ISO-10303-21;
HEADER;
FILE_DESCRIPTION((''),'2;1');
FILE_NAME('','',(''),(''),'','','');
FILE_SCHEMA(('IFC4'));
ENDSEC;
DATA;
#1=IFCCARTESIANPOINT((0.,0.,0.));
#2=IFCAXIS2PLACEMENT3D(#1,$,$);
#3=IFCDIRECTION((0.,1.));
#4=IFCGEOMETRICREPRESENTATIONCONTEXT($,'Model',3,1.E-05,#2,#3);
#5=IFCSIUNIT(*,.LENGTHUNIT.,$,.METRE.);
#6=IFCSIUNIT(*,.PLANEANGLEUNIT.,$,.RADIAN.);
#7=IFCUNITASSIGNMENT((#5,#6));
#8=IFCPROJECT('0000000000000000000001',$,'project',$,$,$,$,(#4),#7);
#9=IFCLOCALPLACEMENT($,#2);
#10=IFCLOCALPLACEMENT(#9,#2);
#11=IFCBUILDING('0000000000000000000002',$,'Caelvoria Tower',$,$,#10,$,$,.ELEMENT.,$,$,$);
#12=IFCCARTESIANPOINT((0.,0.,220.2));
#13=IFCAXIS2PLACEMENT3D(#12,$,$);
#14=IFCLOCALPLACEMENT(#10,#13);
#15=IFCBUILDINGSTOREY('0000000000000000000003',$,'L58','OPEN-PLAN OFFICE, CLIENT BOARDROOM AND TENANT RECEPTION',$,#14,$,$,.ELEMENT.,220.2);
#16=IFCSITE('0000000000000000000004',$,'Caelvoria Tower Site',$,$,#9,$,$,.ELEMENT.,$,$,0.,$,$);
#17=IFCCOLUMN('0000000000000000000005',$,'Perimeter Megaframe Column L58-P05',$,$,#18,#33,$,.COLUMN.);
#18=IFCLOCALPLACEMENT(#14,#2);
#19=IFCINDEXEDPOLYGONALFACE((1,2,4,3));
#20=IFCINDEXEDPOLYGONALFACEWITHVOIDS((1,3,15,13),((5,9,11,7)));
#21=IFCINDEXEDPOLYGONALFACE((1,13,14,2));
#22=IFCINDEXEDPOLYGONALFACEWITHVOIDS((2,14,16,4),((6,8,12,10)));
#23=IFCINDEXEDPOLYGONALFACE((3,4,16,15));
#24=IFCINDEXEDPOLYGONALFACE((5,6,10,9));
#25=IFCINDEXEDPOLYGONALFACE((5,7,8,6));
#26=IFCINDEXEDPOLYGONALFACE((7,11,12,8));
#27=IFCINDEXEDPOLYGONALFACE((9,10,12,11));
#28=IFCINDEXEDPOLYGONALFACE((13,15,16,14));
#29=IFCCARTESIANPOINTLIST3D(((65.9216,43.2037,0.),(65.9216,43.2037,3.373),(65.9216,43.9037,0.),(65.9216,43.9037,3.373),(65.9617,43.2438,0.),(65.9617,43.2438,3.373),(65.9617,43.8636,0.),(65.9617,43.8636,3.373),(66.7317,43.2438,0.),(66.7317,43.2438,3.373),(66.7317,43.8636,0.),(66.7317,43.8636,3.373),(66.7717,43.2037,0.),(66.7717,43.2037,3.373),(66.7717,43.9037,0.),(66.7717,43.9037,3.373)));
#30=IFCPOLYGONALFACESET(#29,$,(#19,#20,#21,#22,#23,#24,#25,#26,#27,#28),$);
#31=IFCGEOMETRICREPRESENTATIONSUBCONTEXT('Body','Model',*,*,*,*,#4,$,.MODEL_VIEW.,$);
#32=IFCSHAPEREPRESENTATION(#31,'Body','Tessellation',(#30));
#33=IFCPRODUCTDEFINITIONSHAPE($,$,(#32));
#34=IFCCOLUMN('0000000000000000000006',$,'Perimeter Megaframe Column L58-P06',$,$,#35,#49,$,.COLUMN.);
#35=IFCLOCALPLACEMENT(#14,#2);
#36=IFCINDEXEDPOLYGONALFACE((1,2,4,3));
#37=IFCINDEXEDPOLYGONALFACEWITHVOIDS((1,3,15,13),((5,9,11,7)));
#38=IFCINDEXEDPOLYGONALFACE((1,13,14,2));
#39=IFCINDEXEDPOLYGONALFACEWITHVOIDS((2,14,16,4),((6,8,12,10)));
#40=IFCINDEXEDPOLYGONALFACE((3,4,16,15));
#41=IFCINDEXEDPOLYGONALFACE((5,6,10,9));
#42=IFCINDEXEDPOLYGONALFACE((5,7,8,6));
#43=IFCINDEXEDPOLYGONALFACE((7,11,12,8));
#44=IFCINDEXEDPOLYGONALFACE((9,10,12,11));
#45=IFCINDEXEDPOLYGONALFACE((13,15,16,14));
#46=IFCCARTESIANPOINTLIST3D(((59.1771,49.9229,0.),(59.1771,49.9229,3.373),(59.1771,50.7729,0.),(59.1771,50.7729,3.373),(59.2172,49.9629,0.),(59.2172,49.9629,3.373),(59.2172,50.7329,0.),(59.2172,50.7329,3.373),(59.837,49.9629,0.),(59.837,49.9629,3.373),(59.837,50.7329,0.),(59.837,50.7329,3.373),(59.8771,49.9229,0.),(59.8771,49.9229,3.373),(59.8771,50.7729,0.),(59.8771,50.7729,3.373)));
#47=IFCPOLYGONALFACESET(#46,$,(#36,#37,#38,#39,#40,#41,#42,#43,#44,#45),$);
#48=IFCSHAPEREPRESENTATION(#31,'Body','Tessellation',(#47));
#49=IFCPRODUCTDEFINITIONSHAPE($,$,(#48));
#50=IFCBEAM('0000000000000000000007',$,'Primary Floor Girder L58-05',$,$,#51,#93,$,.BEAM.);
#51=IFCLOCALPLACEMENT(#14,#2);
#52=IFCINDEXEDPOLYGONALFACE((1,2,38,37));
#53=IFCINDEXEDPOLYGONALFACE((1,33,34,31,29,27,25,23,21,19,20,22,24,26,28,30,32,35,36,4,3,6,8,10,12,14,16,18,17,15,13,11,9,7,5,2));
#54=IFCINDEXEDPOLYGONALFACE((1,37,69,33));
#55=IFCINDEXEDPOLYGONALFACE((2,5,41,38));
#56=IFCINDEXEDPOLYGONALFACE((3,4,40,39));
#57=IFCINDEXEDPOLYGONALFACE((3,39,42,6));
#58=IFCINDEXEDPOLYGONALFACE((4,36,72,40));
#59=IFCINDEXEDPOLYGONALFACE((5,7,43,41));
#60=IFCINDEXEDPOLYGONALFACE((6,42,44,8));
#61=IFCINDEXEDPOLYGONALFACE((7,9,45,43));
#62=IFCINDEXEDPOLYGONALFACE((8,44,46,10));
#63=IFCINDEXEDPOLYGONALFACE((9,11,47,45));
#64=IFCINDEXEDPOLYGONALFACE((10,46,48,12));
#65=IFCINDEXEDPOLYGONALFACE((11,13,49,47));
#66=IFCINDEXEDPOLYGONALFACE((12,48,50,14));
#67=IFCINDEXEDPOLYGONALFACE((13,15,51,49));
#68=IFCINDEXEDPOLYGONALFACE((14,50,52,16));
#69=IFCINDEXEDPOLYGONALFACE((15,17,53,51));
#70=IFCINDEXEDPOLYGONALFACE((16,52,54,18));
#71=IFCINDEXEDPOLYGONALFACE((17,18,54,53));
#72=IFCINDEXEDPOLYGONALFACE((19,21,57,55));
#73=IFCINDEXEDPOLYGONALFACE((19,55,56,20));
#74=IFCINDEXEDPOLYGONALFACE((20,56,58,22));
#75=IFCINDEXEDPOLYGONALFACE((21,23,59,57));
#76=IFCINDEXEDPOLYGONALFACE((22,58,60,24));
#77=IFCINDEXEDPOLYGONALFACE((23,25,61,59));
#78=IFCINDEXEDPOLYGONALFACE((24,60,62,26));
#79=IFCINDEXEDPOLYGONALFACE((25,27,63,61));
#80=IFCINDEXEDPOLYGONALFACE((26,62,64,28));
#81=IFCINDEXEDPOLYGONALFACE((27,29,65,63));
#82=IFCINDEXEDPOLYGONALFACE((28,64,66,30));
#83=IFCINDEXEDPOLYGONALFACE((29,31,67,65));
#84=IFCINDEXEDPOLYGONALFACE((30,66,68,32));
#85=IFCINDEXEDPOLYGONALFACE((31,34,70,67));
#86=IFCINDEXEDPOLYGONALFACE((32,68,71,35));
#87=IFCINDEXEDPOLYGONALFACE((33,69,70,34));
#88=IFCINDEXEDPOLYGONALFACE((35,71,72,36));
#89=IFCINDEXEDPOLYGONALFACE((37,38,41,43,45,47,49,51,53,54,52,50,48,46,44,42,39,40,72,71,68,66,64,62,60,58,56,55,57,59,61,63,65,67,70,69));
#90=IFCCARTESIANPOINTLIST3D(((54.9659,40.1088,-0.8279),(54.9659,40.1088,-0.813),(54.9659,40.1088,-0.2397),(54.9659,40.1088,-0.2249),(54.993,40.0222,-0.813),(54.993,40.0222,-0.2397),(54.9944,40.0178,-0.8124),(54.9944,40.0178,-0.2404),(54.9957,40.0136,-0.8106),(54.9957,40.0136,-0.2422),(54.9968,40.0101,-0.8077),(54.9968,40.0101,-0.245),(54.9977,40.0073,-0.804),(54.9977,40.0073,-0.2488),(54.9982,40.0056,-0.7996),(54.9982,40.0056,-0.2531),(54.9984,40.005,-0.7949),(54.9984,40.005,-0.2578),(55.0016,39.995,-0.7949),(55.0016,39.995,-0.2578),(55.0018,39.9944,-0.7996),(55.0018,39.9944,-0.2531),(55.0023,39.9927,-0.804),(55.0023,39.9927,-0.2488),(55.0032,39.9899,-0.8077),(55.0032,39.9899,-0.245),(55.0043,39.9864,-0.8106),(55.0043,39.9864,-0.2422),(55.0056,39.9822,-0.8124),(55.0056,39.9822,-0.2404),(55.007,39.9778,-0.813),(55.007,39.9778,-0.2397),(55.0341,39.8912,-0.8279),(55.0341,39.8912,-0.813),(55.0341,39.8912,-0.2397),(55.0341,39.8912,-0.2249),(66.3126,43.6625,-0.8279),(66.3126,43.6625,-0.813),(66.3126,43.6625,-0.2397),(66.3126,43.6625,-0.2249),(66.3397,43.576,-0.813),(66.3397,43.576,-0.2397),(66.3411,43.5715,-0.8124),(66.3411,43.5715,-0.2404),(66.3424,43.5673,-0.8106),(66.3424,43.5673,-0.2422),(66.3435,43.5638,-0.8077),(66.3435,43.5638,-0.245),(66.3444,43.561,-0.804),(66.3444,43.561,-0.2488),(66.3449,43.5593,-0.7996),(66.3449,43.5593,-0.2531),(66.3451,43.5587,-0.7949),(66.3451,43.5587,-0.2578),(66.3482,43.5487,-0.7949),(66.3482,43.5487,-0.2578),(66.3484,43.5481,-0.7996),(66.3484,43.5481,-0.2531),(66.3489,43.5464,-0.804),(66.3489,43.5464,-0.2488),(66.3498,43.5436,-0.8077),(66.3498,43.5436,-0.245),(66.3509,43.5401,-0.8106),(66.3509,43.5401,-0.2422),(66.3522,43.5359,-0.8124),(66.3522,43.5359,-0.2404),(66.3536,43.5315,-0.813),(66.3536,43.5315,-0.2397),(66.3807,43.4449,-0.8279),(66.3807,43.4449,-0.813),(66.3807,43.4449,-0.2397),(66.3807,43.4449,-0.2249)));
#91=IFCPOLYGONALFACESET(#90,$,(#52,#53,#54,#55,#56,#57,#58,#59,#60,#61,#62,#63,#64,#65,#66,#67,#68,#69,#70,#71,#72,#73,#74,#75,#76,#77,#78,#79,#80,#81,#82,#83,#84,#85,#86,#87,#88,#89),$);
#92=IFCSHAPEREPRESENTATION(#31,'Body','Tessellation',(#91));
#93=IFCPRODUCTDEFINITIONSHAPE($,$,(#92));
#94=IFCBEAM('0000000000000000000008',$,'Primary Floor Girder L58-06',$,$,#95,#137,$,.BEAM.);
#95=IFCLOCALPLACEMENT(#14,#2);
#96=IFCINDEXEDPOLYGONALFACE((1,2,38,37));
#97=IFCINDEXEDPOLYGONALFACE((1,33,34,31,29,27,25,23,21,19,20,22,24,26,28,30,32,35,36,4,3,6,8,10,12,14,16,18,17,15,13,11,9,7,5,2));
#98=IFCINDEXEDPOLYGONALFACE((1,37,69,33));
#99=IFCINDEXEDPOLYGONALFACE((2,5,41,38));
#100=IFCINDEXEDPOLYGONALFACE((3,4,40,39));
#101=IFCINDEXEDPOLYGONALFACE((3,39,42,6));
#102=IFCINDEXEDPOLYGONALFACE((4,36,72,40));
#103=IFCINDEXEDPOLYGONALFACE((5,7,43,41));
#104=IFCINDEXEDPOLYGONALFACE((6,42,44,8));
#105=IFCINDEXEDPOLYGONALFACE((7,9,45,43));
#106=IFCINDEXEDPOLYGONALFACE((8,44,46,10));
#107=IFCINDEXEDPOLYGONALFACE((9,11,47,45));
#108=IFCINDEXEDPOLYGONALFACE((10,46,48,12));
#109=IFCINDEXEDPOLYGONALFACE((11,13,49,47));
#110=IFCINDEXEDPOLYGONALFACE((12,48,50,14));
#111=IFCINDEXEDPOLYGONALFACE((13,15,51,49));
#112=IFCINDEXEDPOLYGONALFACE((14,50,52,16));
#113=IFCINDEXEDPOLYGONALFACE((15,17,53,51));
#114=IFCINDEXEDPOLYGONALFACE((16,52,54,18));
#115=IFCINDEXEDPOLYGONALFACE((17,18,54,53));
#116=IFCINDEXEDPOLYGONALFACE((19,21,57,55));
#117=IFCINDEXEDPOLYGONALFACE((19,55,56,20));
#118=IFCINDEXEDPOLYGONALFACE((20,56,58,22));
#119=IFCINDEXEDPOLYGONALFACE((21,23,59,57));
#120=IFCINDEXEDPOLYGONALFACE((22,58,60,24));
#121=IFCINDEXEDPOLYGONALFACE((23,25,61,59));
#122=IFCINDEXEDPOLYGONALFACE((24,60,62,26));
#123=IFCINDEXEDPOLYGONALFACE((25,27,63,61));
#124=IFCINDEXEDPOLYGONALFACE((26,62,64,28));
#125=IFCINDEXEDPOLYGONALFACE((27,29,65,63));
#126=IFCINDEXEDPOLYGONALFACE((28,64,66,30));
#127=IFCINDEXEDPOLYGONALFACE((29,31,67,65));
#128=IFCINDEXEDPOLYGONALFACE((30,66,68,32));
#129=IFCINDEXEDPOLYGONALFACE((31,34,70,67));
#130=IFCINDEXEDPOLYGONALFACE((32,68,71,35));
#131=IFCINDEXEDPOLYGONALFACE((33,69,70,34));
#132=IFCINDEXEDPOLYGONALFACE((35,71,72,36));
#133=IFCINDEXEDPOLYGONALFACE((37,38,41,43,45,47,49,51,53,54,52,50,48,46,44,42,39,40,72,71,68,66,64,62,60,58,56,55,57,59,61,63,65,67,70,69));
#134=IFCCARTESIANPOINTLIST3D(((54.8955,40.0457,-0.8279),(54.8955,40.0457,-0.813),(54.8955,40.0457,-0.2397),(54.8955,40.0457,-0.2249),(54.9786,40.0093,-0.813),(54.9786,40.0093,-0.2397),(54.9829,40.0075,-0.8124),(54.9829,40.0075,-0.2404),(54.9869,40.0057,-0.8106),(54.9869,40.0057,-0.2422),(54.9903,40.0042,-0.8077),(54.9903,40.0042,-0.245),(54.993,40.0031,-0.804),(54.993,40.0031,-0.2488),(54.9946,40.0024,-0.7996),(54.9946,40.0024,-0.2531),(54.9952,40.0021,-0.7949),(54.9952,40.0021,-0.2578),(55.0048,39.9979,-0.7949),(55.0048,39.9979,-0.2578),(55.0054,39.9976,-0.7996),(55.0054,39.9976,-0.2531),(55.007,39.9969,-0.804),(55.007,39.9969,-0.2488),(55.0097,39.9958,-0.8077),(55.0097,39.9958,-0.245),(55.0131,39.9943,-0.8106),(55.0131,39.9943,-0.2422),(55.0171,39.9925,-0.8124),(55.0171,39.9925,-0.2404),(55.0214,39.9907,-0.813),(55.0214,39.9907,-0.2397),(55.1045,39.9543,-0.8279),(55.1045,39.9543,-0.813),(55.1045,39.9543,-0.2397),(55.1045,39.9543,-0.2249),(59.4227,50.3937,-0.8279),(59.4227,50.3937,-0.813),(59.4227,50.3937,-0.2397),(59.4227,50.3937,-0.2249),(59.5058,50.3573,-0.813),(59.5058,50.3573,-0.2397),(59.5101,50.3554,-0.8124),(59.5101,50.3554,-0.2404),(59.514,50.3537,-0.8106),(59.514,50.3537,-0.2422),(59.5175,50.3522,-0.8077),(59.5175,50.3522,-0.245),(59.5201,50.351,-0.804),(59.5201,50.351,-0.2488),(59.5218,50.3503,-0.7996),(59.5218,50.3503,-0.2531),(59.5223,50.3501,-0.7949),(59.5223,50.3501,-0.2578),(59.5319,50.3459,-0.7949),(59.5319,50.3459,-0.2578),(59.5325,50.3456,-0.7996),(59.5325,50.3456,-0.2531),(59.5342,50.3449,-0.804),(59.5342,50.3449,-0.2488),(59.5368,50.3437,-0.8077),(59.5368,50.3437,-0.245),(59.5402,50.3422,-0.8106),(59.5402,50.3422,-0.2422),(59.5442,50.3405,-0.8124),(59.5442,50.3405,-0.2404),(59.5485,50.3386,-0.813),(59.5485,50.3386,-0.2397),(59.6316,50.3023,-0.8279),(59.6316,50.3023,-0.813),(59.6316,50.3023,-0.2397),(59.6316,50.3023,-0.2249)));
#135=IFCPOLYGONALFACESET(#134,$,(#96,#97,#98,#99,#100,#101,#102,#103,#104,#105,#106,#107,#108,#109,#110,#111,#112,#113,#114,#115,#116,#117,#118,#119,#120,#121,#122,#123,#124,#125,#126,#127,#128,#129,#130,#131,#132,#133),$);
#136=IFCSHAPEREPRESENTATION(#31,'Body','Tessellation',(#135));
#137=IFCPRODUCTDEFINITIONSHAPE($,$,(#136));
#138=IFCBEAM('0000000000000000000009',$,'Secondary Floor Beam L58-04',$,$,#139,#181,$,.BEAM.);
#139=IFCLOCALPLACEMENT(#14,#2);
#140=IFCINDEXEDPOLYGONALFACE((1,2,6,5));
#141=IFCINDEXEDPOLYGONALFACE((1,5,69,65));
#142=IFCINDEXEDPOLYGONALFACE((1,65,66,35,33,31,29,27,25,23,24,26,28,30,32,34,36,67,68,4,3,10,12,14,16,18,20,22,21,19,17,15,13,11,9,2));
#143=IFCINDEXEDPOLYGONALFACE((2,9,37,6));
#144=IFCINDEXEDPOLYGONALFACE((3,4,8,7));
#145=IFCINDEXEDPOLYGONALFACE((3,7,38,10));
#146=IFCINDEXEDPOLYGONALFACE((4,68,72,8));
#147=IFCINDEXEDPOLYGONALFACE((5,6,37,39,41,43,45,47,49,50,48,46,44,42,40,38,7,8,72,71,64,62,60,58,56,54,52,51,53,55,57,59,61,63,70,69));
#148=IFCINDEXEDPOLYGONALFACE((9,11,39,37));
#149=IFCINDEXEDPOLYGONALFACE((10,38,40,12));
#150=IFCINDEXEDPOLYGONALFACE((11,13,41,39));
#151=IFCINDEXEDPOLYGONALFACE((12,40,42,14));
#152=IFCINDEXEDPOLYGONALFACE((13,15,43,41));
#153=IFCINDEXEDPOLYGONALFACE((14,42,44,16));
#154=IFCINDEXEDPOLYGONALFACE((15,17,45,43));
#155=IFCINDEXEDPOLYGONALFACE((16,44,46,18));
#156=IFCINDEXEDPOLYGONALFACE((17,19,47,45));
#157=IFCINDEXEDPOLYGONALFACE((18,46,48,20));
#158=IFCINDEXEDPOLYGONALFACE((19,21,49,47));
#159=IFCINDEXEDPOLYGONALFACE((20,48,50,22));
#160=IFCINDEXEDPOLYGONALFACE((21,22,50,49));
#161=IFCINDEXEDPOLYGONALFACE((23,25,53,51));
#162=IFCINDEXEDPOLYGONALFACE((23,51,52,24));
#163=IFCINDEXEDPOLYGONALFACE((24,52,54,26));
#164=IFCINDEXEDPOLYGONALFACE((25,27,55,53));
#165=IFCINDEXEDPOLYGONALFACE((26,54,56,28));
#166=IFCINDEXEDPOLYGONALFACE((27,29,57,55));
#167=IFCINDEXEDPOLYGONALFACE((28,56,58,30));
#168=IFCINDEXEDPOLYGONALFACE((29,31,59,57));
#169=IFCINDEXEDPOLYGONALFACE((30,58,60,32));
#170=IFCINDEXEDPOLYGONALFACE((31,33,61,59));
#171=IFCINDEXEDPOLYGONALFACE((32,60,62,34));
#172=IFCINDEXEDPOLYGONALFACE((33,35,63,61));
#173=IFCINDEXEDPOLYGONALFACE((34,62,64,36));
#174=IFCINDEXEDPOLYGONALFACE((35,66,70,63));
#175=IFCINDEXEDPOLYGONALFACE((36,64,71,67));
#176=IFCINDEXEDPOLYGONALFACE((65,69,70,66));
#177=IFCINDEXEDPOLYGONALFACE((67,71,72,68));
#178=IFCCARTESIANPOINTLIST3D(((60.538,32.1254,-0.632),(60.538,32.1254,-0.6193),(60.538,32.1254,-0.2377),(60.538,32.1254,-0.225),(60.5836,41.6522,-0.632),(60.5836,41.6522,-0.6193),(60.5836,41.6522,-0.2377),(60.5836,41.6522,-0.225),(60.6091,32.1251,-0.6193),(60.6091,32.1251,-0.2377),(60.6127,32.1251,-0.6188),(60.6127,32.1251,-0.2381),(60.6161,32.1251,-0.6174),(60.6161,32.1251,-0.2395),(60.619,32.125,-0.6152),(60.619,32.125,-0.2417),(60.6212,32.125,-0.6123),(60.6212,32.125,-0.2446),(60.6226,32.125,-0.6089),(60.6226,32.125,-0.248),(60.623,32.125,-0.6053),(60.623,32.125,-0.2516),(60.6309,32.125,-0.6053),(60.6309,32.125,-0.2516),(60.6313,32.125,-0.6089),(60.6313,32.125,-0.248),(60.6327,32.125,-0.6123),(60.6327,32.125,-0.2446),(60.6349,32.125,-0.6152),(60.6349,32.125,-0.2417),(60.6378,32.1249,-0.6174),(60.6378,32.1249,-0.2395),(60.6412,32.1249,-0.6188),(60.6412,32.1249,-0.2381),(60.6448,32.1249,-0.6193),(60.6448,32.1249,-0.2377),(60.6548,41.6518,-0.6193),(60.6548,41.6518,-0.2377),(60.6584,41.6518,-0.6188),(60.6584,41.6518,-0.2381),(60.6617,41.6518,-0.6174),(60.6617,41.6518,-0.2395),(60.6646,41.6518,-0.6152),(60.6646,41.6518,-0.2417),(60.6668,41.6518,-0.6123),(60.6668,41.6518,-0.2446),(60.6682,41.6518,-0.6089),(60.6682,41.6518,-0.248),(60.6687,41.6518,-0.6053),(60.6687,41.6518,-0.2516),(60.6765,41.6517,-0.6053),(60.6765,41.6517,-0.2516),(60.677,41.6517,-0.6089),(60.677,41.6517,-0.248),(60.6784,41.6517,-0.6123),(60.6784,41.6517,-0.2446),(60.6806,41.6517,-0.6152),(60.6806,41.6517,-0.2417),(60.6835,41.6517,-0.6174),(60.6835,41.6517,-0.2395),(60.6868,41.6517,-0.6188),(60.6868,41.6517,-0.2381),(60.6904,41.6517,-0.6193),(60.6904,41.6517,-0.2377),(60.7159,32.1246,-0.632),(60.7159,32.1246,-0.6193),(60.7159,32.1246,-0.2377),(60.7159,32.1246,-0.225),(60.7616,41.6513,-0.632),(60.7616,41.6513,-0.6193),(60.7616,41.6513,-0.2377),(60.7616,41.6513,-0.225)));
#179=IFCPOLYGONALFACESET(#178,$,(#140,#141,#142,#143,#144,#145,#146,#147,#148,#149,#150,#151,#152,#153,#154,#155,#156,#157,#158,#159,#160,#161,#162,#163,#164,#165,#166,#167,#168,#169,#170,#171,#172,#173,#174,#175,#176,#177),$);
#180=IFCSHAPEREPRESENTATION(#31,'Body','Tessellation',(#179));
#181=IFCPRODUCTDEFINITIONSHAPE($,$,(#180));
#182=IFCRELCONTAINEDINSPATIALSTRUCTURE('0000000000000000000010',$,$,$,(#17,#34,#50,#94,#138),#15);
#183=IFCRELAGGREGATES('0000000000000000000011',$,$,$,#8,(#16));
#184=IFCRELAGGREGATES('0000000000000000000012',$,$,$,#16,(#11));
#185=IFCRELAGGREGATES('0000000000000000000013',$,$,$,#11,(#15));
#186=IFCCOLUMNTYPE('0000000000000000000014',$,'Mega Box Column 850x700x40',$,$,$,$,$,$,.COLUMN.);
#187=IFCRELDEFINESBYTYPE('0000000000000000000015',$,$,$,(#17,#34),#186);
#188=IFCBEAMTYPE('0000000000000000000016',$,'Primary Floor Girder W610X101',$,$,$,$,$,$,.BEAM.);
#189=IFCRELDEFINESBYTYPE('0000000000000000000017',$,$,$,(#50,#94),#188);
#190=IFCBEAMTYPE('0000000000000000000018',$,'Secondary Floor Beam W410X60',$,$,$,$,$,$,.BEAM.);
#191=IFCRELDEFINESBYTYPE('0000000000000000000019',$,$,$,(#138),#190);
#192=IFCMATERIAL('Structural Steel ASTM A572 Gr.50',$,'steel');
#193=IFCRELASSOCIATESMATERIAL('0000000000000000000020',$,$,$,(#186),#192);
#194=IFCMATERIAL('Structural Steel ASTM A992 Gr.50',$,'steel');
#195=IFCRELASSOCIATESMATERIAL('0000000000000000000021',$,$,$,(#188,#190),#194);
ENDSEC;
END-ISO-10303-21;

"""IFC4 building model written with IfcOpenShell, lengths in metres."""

from ifc_helpers import new_model, si_unit, direction, frame, origin, origin_2d, place, context, subcontext, project, spatial, hollow_rectangle, i_section, extrude, material, material_profile, profile_set, type_object, element, save


model = new_model("IFC4")

# Units and contexts
model_context = context("Model", 3, precision=1e-05, world=origin(), true_north=direction((0.0, 1.0)))
body_context = subcontext(model_context, "Body", "Model", "MODEL_VIEW")
ifc_project = project(units=[si_unit("LENGTHUNIT", "METRE"), si_unit("PLANEANGLEUNIT", "RADIAN")], contexts=[model_context])

# Site, building, storey
site_placement = place(None, origin())
site = spatial("IfcSite", under=ifc_project, at=site_placement, Name="Caelvoria Tower Site", CompositionType="ELEMENT", RefElevation=0.0)
building_placement = place(site_placement, origin())
building = spatial("IfcBuilding", under=site, at=building_placement, Name="Caelvoria Tower", CompositionType="ELEMENT")
storey_placement = place(building_placement, frame((0.0, 0.0, 220.2)))
storey = spatial("IfcBuildingStorey", under=building, at=storey_placement, Name="L58", Description="OPEN-PLAN OFFICE, CLIENT BOARDROOM AND TENANT RECEPTION", CompositionType="ELEMENT", Elevation=220.2)

# Columns
ifc_material_1 = material(Name="Structural Steel ASTM A572 Gr.50", Category="steel")
ifc_material_profile_1 = material_profile(ifc_material_1, hollow_rectangle(XDim=0.7, YDim=0.8501, WallThickness=0.04, at=origin_2d()), Name="Structural Steel ASTM A572 Gr.50")
ifc_profile_set_1 = profile_set([ifc_material_profile_1], Name="BOX850X700X40 - Structural Steel ASTM A572 Gr.50")
column_type = type_object("IfcColumnType", Name="Mega Box Column 850x700x40", PredefinedType="COLUMN", material=ifc_profile_set_1)
for number, where, z_axis, x_axis, name in (
    (1, (66.3467, 43.5537, 0.0), (0.0, 0.0, 1.0), (0.0, 1.0, 0.0), "Perimeter Megaframe Column L58-P05"),
    (2, (59.5271, 50.3479, 0.0), (0.0, 0.0, 1.0), (1.0, 0.0, 0.0), "Perimeter Megaframe Column L58-P06"),
):
    element("IfcColumn", number, at=place(storey_placement, frame(where, z_axis=z_axis, x_axis=x_axis)), inside=storey, type_object=column_type, Name=name, PredefinedType="COLUMN", context=body_context, shape_type="SweptSolid", body=[
        extrude(hollow_rectangle(XDim=0.7, YDim=0.8501, WallThickness=0.04, at=origin_2d()), origin(), (0.0, 0.0, 1.0), 3.373),
    ])

# Beams
ifc_material_2 = material(Name="Structural Steel ASTM A992 Gr.50", Category="steel")
ifc_material_profile_2 = material_profile(ifc_material_2, i_section(OverallWidth=0.228, OverallDepth=0.603, WebThickness=0.0105, FlangeThickness=0.0149, FilletRadius=0.0181, at=origin_2d()), Name="Structural Steel ASTM A992 Gr.50")
ifc_profile_set_2 = profile_set([ifc_material_profile_2], Name="W610X101 - Structural Steel ASTM A992 Gr.50")
beam_type_1 = type_object("IfcBeamType", Name="Primary Floor Girder W610X101", PredefinedType="BEAM", material=ifc_profile_set_2)
beam_1_placement = place(storey_placement, frame((55.0, 40.0, -0.5264), z_axis=(0.954291, 0.298878, 0.0), x_axis=(-0.298878, 0.954291, 0.0)))
element("IfcBeam", 3, at=beam_1_placement, inside=storey, type_object=beam_type_1, Name="Primary Floor Girder L58-05", PredefinedType="BEAM", context=body_context, shape_type="SweptSolid", body=[
    extrude(i_section(OverallWidth=0.228, OverallDepth=0.603, WebThickness=0.0105, FlangeThickness=0.0149, FilletRadius=0.0181, at=origin_2d()), origin(), (0.0, 0.0, 1.0), 11.8901),
])
beam_2_placement = place(storey_placement, frame((55.0, 40.0, -0.5264), z_axis=(0.400811, 0.916161, 0.0), x_axis=(-0.916161, 0.400811, 0.0)))
element("IfcBeam", 4, at=beam_2_placement, inside=storey, type_object=beam_type_1, Name="Primary Floor Girder L58-06", PredefinedType="BEAM", context=body_context, shape_type="SweptSolid", body=[
    extrude(i_section(OverallWidth=0.228, OverallDepth=0.603, WebThickness=0.0105, FlangeThickness=0.0149, FilletRadius=0.0181, at=origin_2d()), origin(), (0.0, 0.0, 1.0), 11.2949),
])
ifc_material_profile_3 = material_profile(ifc_material_2, i_section(OverallWidth=0.178, OverallDepth=0.407, WebThickness=0.0078, FlangeThickness=0.0127, FilletRadius=0.0139, at=origin_2d()), Name="Structural Steel ASTM A992 Gr.50")
ifc_profile_set_3 = profile_set([ifc_material_profile_3], Name="W410X60 - Structural Steel ASTM A992 Gr.50")
beam_type_2 = type_object("IfcBeamType", Name="Secondary Floor Beam W410X60", PredefinedType="BEAM", material=ifc_profile_set_3)
beam_3_placement = place(storey_placement, frame((60.627, 32.125, -0.4285), z_axis=(0.004792, 0.999989, 0.0), x_axis=(-0.999989, 0.004792, 0.0)))
element("IfcBeam", 5, at=beam_3_placement, inside=storey, type_object=beam_type_2, Name="Secondary Floor Beam L58-04", PredefinedType="BEAM", context=body_context, shape_type="SweptSolid", body=[
    extrude(i_section(OverallWidth=0.178, OverallDepth=0.407, WebThickness=0.0078, FlangeThickness=0.0127, FilletRadius=0.0139, at=origin_2d()), origin(), (0.0, 0.0, 1.0), 9.5269),
])

save(model, "model.ifc")
